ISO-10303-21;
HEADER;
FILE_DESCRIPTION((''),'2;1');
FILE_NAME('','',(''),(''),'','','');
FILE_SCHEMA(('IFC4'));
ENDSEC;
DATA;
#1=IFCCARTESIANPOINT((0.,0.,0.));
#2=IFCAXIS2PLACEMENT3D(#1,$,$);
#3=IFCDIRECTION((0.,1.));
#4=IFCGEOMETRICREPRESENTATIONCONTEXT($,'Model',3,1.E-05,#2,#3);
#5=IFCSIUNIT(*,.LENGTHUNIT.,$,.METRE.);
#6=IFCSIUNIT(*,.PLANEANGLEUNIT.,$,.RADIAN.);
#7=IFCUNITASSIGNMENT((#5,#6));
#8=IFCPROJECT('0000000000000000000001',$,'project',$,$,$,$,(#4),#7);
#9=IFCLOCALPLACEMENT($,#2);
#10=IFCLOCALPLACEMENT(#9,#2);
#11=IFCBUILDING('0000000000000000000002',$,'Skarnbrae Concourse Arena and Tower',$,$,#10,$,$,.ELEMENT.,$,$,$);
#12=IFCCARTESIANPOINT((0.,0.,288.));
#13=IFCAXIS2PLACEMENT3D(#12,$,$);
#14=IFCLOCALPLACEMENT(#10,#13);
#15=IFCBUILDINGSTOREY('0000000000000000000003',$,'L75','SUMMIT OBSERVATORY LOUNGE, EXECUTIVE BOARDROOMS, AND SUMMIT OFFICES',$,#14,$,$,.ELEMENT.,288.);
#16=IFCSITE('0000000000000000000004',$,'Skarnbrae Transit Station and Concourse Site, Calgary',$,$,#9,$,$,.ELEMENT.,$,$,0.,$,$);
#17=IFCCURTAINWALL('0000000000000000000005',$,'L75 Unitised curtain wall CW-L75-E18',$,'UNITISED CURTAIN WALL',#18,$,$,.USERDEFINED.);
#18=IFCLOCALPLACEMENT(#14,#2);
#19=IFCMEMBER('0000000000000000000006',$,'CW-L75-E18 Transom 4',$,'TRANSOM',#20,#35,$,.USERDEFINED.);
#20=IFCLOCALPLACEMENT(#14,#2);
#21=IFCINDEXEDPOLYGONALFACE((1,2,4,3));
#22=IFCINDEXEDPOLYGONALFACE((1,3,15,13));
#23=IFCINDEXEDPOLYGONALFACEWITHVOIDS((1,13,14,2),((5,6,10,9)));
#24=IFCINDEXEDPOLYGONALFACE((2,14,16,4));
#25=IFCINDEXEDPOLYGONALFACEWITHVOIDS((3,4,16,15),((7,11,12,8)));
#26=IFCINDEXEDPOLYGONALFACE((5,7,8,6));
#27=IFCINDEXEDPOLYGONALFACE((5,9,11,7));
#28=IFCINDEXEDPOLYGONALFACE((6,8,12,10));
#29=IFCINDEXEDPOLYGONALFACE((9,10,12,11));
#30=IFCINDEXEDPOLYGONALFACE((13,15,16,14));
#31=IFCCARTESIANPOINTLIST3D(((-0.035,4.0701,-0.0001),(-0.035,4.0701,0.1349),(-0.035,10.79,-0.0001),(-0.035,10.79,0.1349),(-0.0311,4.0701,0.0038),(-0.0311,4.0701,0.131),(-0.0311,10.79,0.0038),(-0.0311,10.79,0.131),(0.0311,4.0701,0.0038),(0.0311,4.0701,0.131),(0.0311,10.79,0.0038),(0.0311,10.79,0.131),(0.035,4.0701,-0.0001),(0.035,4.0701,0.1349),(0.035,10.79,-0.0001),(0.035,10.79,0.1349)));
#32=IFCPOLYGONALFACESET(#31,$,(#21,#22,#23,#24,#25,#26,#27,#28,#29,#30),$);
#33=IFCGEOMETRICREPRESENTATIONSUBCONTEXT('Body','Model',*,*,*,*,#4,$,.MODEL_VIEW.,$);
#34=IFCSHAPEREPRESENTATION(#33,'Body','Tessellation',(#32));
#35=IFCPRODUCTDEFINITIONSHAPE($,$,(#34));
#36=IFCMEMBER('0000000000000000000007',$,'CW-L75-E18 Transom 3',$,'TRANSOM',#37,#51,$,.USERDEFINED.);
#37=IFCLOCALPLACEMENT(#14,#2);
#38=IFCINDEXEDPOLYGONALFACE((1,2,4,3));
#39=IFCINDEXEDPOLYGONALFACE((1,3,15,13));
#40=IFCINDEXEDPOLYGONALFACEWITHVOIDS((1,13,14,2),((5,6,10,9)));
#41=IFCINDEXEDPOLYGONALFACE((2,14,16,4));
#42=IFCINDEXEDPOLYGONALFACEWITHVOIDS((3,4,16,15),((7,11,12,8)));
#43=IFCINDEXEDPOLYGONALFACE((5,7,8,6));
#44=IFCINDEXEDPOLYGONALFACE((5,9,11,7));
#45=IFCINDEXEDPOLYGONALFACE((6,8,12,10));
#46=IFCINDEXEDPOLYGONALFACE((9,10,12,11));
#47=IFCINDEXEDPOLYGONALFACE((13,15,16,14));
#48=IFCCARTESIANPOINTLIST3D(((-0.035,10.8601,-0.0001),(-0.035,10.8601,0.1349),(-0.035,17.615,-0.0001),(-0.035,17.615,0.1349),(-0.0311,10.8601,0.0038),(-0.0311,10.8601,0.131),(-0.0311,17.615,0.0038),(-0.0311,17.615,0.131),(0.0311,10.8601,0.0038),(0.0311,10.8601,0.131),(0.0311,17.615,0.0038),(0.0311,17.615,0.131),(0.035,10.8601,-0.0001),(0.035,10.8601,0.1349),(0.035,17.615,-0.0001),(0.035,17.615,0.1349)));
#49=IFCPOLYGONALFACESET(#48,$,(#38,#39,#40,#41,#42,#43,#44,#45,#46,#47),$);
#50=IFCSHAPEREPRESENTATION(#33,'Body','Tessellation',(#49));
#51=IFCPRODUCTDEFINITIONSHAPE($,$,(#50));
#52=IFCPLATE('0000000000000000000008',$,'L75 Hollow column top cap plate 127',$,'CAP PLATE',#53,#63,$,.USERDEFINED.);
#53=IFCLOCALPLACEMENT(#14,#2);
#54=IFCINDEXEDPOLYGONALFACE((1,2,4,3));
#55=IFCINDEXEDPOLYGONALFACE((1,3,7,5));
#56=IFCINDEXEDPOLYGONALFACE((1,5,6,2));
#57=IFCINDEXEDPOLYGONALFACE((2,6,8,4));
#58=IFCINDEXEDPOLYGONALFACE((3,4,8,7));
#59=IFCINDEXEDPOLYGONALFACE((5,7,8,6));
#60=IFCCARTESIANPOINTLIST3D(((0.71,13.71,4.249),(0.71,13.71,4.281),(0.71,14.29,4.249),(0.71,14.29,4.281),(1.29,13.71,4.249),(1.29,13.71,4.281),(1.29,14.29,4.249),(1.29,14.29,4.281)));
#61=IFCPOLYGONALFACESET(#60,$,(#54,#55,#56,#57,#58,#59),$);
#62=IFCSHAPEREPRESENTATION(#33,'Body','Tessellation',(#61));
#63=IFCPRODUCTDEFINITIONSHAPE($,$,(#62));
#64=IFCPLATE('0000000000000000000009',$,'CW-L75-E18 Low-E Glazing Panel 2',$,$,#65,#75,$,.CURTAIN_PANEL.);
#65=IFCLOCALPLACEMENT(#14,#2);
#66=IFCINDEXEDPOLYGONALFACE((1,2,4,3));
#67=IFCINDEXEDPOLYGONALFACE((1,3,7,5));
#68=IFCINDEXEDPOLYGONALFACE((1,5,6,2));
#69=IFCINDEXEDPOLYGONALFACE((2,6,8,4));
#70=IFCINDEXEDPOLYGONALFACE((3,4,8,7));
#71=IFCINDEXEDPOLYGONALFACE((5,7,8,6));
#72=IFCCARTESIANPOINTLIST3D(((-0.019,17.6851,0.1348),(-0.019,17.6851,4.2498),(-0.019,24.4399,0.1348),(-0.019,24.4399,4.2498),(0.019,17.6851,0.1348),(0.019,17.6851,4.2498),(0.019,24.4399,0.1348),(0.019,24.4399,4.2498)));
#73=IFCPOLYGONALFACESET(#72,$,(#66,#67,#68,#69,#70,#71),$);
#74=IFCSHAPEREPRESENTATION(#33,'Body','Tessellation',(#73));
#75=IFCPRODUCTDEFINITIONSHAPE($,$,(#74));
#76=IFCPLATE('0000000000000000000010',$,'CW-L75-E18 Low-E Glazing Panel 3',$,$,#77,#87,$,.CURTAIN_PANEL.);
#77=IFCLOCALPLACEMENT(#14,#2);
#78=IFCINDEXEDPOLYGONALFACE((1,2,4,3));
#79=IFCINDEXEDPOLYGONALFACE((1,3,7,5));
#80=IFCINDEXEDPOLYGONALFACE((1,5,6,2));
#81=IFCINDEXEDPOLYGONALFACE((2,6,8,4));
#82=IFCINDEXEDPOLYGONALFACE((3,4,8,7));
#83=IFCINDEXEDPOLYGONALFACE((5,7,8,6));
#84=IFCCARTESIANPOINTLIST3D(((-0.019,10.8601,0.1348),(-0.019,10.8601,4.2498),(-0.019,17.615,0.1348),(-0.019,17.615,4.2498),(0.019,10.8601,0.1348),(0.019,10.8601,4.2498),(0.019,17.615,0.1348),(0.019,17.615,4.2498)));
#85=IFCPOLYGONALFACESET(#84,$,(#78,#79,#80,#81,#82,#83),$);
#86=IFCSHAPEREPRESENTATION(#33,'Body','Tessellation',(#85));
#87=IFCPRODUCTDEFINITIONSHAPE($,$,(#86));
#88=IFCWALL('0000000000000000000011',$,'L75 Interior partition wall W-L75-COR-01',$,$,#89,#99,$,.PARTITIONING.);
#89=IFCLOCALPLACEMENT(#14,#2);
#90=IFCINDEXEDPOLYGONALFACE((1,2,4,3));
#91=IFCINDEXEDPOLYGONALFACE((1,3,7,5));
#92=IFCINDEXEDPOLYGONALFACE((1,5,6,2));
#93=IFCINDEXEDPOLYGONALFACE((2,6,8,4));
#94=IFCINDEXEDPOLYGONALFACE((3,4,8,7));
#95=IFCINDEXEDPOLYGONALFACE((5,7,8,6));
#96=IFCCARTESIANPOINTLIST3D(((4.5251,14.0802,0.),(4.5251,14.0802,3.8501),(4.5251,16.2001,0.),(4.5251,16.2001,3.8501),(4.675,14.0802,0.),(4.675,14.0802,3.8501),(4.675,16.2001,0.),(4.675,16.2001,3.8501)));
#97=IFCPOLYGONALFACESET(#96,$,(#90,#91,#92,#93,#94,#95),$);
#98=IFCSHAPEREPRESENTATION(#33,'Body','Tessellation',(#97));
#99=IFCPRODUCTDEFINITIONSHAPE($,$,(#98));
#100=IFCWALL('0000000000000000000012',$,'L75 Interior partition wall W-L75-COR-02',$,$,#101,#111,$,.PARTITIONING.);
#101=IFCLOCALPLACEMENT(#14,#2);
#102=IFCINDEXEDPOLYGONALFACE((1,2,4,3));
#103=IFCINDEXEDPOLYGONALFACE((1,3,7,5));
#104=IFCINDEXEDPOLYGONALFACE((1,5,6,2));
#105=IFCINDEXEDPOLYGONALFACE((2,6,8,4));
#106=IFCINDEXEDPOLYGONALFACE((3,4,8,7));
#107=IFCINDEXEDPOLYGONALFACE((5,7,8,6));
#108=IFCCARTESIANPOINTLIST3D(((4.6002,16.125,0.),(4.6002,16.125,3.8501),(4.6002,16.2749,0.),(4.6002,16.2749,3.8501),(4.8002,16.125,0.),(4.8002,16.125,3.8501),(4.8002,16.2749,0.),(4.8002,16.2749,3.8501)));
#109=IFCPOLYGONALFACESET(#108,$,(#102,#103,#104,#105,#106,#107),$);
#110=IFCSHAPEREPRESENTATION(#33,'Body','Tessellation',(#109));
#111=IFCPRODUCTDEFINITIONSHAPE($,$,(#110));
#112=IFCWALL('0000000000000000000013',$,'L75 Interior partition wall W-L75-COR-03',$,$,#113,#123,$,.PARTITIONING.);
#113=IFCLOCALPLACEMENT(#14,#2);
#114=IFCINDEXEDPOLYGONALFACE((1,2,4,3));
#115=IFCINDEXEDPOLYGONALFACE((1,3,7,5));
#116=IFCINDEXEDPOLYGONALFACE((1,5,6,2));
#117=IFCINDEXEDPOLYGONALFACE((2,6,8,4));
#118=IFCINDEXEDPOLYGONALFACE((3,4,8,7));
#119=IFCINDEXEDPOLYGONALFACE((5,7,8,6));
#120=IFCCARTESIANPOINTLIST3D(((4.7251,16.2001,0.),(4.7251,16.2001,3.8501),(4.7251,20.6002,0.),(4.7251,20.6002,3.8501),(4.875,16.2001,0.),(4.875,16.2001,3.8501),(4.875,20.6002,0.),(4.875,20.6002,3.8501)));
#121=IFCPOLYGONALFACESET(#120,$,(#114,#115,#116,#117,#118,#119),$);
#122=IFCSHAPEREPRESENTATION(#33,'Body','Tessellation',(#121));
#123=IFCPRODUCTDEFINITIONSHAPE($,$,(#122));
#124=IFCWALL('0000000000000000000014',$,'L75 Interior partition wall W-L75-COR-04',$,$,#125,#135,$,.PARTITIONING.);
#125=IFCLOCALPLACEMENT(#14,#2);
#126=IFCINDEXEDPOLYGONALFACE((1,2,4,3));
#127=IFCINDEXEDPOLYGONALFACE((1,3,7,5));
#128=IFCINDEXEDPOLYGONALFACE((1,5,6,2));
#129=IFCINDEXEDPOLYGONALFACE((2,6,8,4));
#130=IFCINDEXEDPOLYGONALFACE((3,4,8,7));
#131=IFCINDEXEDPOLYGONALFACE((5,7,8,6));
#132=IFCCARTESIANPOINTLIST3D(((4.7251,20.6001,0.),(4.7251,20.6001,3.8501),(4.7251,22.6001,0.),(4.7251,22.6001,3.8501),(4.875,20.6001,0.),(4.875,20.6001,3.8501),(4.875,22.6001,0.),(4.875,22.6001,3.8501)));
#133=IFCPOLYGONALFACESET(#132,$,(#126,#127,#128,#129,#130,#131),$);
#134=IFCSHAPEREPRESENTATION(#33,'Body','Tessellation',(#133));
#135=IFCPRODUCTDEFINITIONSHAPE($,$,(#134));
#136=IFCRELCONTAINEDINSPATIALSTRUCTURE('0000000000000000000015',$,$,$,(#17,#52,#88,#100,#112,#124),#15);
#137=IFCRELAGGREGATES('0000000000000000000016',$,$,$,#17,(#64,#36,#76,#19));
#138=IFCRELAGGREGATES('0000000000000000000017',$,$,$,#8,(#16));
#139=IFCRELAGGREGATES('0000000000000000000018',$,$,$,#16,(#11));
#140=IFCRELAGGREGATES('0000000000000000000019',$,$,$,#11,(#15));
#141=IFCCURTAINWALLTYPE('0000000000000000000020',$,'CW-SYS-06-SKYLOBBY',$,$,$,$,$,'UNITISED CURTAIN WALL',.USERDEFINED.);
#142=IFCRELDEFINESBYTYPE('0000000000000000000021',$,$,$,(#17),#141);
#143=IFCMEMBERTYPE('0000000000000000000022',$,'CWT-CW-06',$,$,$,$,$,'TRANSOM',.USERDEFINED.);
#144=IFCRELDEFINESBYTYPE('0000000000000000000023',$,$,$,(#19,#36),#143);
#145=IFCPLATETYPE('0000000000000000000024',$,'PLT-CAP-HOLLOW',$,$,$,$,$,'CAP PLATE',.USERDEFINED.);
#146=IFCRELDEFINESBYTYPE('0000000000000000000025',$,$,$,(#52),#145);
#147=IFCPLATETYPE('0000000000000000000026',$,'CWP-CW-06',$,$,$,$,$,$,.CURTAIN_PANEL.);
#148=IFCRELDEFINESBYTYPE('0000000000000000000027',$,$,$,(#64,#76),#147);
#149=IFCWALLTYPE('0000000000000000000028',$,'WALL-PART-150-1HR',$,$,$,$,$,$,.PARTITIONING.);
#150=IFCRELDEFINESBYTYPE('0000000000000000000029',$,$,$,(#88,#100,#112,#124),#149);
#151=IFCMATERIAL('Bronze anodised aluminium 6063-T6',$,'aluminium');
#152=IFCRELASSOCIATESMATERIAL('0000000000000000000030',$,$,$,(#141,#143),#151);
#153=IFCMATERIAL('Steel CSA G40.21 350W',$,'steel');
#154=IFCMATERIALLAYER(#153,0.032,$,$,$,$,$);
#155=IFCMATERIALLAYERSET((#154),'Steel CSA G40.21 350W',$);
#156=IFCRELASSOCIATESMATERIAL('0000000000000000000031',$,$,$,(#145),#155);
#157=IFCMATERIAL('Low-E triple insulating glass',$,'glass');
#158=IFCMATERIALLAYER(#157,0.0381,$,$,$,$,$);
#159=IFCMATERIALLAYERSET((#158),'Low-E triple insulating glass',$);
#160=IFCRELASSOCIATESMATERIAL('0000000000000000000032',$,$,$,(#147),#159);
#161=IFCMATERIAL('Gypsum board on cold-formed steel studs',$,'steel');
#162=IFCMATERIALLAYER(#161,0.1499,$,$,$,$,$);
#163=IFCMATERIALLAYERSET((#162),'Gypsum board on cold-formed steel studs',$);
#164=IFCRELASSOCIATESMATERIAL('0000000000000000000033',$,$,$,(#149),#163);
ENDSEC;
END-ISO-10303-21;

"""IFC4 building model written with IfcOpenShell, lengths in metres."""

from ifc_helpers import new_model, si_unit, direction, frame, frame_2d, origin, origin_2d, place, context, subcontext, project, spatial, rectangle, hollow_rectangle, extrude, source, transform, mapped, material, layer, layer_set, material_profile, profile_set, type_object, element, aggregate, save


model = new_model("IFC4")

# Units and contexts
model_context = context("Model", 3, precision=1e-05, world=origin(), true_north=direction((0.0, 1.0)))
body_context = subcontext(model_context, "Body", "Model", "MODEL_VIEW")
ifc_project = project(units=[si_unit("LENGTHUNIT", "METRE"), si_unit("PLANEANGLEUNIT", "RADIAN")], contexts=[model_context])

# Site, building, storey
site_placement = place(None, origin())
site = spatial("IfcSite", under=ifc_project, at=site_placement, Name="Skarnbrae Transit Station and Concourse Site, Calgary", CompositionType="ELEMENT", RefElevation=0.0)
building_placement = place(site_placement, origin())
building = spatial("IfcBuilding", under=site, at=building_placement, Name="Skarnbrae Concourse Arena and Tower", CompositionType="ELEMENT")
storey_placement = place(building_placement, frame((0.0, 0.0, 288.0)))
storey = spatial("IfcBuildingStorey", under=building, at=storey_placement, Name="L75", Description="SUMMIT OBSERVATORY LOUNGE, EXECUTIVE BOARDROOMS, AND SUMMIT OFFICES", CompositionType="ELEMENT", Elevation=288.0)

# Shared definitions
ifc_material_1 = material(Name="Steel CSA G40.21 350W", Category="steel")

# Curtain wall, members
ifc_material_2 = material(Name="Bronze anodised aluminium 6063-T6", Category="aluminium")
curtain_wall_type = type_object("IfcCurtainWallType", Name="CW-SYS-06-SKYLOBBY", ElementType="UNITISED CURTAIN WALL", PredefinedType="USERDEFINED", material=ifc_material_2)
curtain_wall_placement = place(storey_placement, origin())
curtain_wall = element("IfcCurtainWall", 1, at=curtain_wall_placement, inside=storey, type_object=curtain_wall_type, Name="L75 Unitised curtain wall CW-L75-E18", ObjectType="UNITISED CURTAIN WALL", PredefinedType="USERDEFINED")
ifc_material_profile_1 = material_profile(ifc_material_2, hollow_rectangle(XDim=0.0701, YDim=0.135, WallThickness=0.0039, at=origin_2d()), Name="ALU-TRAN-70X135")
ifc_profile_set_1 = profile_set([ifc_material_profile_1], Name="Bronze anodised aluminium 6063-T6")
member_type_1 = type_object("IfcMemberType", Name="CWT-CW-06", ElementType="TRANSOM", PredefinedType="USERDEFINED", material=ifc_profile_set_1)
shared_shape_1 = source(origin(), body_context, "Body", "SweptSolid", [
    extrude(hollow_rectangle(XDim=0.0701, YDim=0.135, WallThickness=0.0039, at=origin_2d()), origin(), (0.0, 0.0, 1.0), 6.72),
])
member_1_placement = place(storey_placement, frame((0.0, 10.79, 0.0674), z_axis=(0.0, -1.0, 0.0), x_axis=(1.0, 0.0, 0.0)))
member_1 = element("IfcMember", 2, at=member_1_placement, type_object=member_type_1, Name="CW-L75-E18 Transom 4", ObjectType="TRANSOM", PredefinedType="USERDEFINED", context=body_context, shape_type="MappedRepresentation", body=[
    mapped(shared_shape_1, transform((0.0, 0.0, 0.0))),
])
shared_shape_2 = source(origin(), body_context, "Body", "SweptSolid", [
    extrude(hollow_rectangle(XDim=0.0701, YDim=0.135, WallThickness=0.0039, at=origin_2d()), origin(), (0.0, 0.0, 1.0), 6.7549),
])
member_2_placement = place(storey_placement, frame((0.0, 17.615, 0.0674), z_axis=(0.0, -1.0, 0.0), x_axis=(1.0, 0.0, 0.0)))
member_2 = element("IfcMember", 3, at=member_2_placement, type_object=member_type_1, Name="CW-L75-E18 Transom 3", ObjectType="TRANSOM", PredefinedType="USERDEFINED", context=body_context, shape_type="MappedRepresentation", body=[
    mapped(shared_shape_2, transform((0.0, 0.0, 0.0))),
])

# Plates
ifc_layer_1 = layer(ifc_material_1, 0.032)
ifc_layer_set_1 = layer_set([ifc_layer_1], Name="Steel CSA G40.21 350W")
plate_type_1 = type_object("IfcPlateType", Name="PLT-CAP-HOLLOW", ElementType="CAP PLATE", PredefinedType="USERDEFINED", material=ifc_layer_set_1)
shared_shape_3 = source(origin(), body_context, "Body", "SweptSolid", [
    extrude(rectangle(XDim=0.5801, YDim=0.5801, at=origin_2d()), origin(), (0.0, 0.0, 1.0), 0.032),
])
plate_1_placement = place(storey_placement, frame((1.0, 14.0, 4.249), z_axis=(0.0, 0.0, 1.0), x_axis=(1.0, 0.0, 0.0)))
element("IfcPlate", 4, at=plate_1_placement, inside=storey, type_object=plate_type_1, Name="L75 Hollow column top cap plate 127", ObjectType="CAP PLATE", PredefinedType="USERDEFINED", context=body_context, shape_type="MappedRepresentation", body=[
    mapped(shared_shape_3, transform((0.0, 0.0, 0.0))),
])
ifc_material_3 = material(Name="Low-E triple insulating glass", Category="glass")
ifc_layer_2 = layer(ifc_material_3, 0.0381)
ifc_layer_set_2 = layer_set([ifc_layer_2], Name="Low-E triple insulating glass")
plate_type_2 = type_object("IfcPlateType", Name="CWP-CW-06", PredefinedType="CURTAIN_PANEL", material=ifc_layer_set_2)
shared_shape_4 = source(origin(), body_context, "Body", "SweptSolid", [
    extrude(rectangle(XDim=6.7549, YDim=0.0381, at=origin_2d()), origin(), (0.0, 0.0, 1.0), 4.115),
])
plate_2_placement = place(storey_placement, frame((0.0, 21.0625, 0.1348), z_axis=(0.0, 0.0, 1.0), x_axis=(0.0, -1.0, 0.0)))
plate_2 = element("IfcPlate", 5, at=plate_2_placement, type_object=plate_type_2, Name="CW-L75-E18 Low-E Glazing Panel 2", PredefinedType="CURTAIN_PANEL", context=body_context, shape_type="MappedRepresentation", body=[
    mapped(shared_shape_4, transform((0.0, 0.0, 0.0))),
])
plate_3_placement = place(storey_placement, frame((0.0, 14.2375, 0.1348), z_axis=(0.0, 0.0, 1.0), x_axis=(0.0, -1.0, 0.0)))
plate_3 = element("IfcPlate", 6, at=plate_3_placement, type_object=plate_type_2, Name="CW-L75-E18 Low-E Glazing Panel 3", PredefinedType="CURTAIN_PANEL", context=body_context, shape_type="MappedRepresentation", body=[
    mapped(shared_shape_4, transform((0.0, 0.0, 0.0))),
])
aggregate(curtain_wall, [plate_2, member_2, plate_3, member_1])

# Walls
ifc_material_4 = material(Name="Gypsum board on cold-formed steel studs", Category="steel")
ifc_layer_3 = layer(ifc_material_4, 0.1499)
ifc_layer_set_3 = layer_set([ifc_layer_3], Name="Gypsum board on cold-formed steel studs")
wall_type_1 = type_object("IfcWallType", Name="WALL-PART-150-1HR", PredefinedType="PARTITIONING", material=ifc_layer_set_3)
shared_shape_5 = source(origin(), body_context, "Body", "SweptSolid", [
    extrude(rectangle(XDim=2.1199, YDim=0.1499, at=frame_2d((1.0601, 0.0))), origin(), (0.0, 0.0, 1.0), 3.8501),
])
wall_1_placement = place(storey_placement, frame((4.6001, 14.0801, 0.0), z_axis=(0.0, 0.0, 1.0), x_axis=(0.0, 1.0, 0.0)))
element("IfcWall", 7, at=wall_1_placement, inside=storey, type_object=wall_type_1, Name="L75 Interior partition wall W-L75-COR-01", PredefinedType="PARTITIONING", context=body_context, shape_type="MappedRepresentation", body=[
    mapped(shared_shape_5, transform((0.0, 0.0, 0.0))),
])
shared_shape_6 = source(origin(), body_context, "Body", "SweptSolid", [
    extrude(rectangle(XDim=0.2, YDim=0.1499, at=frame_2d((0.1001, 0.0))), origin(), (0.0, 0.0, 1.0), 3.8501),
])
wall_2_placement = place(storey_placement, frame((4.6001, 16.2, 0.0), z_axis=(0.0, 0.0, 1.0), x_axis=(1.0, 0.0, 0.0)))
element("IfcWall", 8, at=wall_2_placement, inside=storey, type_object=wall_type_1, Name="L75 Interior partition wall W-L75-COR-02", PredefinedType="PARTITIONING", context=body_context, shape_type="MappedRepresentation", body=[
    mapped(shared_shape_6, transform((0.0, 0.0, 0.0))),
])
shared_shape_7 = source(origin(), body_context, "Body", "SweptSolid", [
    extrude(rectangle(XDim=4.4001, YDim=0.1499, at=frame_2d((2.2002, 0.0))), origin(), (0.0, 0.0, 1.0), 3.8501),
])
wall_3_placement = place(storey_placement, frame((4.8, 16.2, 0.0), z_axis=(0.0, 0.0, 1.0), x_axis=(0.0, 1.0, 0.0)))
element("IfcWall", 9, at=wall_3_placement, inside=storey, type_object=wall_type_1, Name="L75 Interior partition wall W-L75-COR-03", PredefinedType="PARTITIONING", context=body_context, shape_type="MappedRepresentation", body=[
    mapped(shared_shape_7, transform((0.0, 0.0, 0.0))),
])
shared_shape_8 = source(origin(), body_context, "Body", "SweptSolid", [
    extrude(rectangle(XDim=2.0, YDim=0.1499, at=frame_2d((1.0, 0.0))), origin(), (0.0, 0.0, 1.0), 3.8501),
])
wall_4_placement = place(storey_placement, frame((4.8, 20.6001, 0.0), z_axis=(0.0, 0.0, 1.0), x_axis=(0.0, 1.0, 0.0)))
element("IfcWall", 10, at=wall_4_placement, inside=storey, type_object=wall_type_1, Name="L75 Interior partition wall W-L75-COR-04", PredefinedType="PARTITIONING", context=body_context, shape_type="MappedRepresentation", body=[
    mapped(shared_shape_8, transform((0.0, 0.0, 0.0))),
])

save(model, "model.ifc")
